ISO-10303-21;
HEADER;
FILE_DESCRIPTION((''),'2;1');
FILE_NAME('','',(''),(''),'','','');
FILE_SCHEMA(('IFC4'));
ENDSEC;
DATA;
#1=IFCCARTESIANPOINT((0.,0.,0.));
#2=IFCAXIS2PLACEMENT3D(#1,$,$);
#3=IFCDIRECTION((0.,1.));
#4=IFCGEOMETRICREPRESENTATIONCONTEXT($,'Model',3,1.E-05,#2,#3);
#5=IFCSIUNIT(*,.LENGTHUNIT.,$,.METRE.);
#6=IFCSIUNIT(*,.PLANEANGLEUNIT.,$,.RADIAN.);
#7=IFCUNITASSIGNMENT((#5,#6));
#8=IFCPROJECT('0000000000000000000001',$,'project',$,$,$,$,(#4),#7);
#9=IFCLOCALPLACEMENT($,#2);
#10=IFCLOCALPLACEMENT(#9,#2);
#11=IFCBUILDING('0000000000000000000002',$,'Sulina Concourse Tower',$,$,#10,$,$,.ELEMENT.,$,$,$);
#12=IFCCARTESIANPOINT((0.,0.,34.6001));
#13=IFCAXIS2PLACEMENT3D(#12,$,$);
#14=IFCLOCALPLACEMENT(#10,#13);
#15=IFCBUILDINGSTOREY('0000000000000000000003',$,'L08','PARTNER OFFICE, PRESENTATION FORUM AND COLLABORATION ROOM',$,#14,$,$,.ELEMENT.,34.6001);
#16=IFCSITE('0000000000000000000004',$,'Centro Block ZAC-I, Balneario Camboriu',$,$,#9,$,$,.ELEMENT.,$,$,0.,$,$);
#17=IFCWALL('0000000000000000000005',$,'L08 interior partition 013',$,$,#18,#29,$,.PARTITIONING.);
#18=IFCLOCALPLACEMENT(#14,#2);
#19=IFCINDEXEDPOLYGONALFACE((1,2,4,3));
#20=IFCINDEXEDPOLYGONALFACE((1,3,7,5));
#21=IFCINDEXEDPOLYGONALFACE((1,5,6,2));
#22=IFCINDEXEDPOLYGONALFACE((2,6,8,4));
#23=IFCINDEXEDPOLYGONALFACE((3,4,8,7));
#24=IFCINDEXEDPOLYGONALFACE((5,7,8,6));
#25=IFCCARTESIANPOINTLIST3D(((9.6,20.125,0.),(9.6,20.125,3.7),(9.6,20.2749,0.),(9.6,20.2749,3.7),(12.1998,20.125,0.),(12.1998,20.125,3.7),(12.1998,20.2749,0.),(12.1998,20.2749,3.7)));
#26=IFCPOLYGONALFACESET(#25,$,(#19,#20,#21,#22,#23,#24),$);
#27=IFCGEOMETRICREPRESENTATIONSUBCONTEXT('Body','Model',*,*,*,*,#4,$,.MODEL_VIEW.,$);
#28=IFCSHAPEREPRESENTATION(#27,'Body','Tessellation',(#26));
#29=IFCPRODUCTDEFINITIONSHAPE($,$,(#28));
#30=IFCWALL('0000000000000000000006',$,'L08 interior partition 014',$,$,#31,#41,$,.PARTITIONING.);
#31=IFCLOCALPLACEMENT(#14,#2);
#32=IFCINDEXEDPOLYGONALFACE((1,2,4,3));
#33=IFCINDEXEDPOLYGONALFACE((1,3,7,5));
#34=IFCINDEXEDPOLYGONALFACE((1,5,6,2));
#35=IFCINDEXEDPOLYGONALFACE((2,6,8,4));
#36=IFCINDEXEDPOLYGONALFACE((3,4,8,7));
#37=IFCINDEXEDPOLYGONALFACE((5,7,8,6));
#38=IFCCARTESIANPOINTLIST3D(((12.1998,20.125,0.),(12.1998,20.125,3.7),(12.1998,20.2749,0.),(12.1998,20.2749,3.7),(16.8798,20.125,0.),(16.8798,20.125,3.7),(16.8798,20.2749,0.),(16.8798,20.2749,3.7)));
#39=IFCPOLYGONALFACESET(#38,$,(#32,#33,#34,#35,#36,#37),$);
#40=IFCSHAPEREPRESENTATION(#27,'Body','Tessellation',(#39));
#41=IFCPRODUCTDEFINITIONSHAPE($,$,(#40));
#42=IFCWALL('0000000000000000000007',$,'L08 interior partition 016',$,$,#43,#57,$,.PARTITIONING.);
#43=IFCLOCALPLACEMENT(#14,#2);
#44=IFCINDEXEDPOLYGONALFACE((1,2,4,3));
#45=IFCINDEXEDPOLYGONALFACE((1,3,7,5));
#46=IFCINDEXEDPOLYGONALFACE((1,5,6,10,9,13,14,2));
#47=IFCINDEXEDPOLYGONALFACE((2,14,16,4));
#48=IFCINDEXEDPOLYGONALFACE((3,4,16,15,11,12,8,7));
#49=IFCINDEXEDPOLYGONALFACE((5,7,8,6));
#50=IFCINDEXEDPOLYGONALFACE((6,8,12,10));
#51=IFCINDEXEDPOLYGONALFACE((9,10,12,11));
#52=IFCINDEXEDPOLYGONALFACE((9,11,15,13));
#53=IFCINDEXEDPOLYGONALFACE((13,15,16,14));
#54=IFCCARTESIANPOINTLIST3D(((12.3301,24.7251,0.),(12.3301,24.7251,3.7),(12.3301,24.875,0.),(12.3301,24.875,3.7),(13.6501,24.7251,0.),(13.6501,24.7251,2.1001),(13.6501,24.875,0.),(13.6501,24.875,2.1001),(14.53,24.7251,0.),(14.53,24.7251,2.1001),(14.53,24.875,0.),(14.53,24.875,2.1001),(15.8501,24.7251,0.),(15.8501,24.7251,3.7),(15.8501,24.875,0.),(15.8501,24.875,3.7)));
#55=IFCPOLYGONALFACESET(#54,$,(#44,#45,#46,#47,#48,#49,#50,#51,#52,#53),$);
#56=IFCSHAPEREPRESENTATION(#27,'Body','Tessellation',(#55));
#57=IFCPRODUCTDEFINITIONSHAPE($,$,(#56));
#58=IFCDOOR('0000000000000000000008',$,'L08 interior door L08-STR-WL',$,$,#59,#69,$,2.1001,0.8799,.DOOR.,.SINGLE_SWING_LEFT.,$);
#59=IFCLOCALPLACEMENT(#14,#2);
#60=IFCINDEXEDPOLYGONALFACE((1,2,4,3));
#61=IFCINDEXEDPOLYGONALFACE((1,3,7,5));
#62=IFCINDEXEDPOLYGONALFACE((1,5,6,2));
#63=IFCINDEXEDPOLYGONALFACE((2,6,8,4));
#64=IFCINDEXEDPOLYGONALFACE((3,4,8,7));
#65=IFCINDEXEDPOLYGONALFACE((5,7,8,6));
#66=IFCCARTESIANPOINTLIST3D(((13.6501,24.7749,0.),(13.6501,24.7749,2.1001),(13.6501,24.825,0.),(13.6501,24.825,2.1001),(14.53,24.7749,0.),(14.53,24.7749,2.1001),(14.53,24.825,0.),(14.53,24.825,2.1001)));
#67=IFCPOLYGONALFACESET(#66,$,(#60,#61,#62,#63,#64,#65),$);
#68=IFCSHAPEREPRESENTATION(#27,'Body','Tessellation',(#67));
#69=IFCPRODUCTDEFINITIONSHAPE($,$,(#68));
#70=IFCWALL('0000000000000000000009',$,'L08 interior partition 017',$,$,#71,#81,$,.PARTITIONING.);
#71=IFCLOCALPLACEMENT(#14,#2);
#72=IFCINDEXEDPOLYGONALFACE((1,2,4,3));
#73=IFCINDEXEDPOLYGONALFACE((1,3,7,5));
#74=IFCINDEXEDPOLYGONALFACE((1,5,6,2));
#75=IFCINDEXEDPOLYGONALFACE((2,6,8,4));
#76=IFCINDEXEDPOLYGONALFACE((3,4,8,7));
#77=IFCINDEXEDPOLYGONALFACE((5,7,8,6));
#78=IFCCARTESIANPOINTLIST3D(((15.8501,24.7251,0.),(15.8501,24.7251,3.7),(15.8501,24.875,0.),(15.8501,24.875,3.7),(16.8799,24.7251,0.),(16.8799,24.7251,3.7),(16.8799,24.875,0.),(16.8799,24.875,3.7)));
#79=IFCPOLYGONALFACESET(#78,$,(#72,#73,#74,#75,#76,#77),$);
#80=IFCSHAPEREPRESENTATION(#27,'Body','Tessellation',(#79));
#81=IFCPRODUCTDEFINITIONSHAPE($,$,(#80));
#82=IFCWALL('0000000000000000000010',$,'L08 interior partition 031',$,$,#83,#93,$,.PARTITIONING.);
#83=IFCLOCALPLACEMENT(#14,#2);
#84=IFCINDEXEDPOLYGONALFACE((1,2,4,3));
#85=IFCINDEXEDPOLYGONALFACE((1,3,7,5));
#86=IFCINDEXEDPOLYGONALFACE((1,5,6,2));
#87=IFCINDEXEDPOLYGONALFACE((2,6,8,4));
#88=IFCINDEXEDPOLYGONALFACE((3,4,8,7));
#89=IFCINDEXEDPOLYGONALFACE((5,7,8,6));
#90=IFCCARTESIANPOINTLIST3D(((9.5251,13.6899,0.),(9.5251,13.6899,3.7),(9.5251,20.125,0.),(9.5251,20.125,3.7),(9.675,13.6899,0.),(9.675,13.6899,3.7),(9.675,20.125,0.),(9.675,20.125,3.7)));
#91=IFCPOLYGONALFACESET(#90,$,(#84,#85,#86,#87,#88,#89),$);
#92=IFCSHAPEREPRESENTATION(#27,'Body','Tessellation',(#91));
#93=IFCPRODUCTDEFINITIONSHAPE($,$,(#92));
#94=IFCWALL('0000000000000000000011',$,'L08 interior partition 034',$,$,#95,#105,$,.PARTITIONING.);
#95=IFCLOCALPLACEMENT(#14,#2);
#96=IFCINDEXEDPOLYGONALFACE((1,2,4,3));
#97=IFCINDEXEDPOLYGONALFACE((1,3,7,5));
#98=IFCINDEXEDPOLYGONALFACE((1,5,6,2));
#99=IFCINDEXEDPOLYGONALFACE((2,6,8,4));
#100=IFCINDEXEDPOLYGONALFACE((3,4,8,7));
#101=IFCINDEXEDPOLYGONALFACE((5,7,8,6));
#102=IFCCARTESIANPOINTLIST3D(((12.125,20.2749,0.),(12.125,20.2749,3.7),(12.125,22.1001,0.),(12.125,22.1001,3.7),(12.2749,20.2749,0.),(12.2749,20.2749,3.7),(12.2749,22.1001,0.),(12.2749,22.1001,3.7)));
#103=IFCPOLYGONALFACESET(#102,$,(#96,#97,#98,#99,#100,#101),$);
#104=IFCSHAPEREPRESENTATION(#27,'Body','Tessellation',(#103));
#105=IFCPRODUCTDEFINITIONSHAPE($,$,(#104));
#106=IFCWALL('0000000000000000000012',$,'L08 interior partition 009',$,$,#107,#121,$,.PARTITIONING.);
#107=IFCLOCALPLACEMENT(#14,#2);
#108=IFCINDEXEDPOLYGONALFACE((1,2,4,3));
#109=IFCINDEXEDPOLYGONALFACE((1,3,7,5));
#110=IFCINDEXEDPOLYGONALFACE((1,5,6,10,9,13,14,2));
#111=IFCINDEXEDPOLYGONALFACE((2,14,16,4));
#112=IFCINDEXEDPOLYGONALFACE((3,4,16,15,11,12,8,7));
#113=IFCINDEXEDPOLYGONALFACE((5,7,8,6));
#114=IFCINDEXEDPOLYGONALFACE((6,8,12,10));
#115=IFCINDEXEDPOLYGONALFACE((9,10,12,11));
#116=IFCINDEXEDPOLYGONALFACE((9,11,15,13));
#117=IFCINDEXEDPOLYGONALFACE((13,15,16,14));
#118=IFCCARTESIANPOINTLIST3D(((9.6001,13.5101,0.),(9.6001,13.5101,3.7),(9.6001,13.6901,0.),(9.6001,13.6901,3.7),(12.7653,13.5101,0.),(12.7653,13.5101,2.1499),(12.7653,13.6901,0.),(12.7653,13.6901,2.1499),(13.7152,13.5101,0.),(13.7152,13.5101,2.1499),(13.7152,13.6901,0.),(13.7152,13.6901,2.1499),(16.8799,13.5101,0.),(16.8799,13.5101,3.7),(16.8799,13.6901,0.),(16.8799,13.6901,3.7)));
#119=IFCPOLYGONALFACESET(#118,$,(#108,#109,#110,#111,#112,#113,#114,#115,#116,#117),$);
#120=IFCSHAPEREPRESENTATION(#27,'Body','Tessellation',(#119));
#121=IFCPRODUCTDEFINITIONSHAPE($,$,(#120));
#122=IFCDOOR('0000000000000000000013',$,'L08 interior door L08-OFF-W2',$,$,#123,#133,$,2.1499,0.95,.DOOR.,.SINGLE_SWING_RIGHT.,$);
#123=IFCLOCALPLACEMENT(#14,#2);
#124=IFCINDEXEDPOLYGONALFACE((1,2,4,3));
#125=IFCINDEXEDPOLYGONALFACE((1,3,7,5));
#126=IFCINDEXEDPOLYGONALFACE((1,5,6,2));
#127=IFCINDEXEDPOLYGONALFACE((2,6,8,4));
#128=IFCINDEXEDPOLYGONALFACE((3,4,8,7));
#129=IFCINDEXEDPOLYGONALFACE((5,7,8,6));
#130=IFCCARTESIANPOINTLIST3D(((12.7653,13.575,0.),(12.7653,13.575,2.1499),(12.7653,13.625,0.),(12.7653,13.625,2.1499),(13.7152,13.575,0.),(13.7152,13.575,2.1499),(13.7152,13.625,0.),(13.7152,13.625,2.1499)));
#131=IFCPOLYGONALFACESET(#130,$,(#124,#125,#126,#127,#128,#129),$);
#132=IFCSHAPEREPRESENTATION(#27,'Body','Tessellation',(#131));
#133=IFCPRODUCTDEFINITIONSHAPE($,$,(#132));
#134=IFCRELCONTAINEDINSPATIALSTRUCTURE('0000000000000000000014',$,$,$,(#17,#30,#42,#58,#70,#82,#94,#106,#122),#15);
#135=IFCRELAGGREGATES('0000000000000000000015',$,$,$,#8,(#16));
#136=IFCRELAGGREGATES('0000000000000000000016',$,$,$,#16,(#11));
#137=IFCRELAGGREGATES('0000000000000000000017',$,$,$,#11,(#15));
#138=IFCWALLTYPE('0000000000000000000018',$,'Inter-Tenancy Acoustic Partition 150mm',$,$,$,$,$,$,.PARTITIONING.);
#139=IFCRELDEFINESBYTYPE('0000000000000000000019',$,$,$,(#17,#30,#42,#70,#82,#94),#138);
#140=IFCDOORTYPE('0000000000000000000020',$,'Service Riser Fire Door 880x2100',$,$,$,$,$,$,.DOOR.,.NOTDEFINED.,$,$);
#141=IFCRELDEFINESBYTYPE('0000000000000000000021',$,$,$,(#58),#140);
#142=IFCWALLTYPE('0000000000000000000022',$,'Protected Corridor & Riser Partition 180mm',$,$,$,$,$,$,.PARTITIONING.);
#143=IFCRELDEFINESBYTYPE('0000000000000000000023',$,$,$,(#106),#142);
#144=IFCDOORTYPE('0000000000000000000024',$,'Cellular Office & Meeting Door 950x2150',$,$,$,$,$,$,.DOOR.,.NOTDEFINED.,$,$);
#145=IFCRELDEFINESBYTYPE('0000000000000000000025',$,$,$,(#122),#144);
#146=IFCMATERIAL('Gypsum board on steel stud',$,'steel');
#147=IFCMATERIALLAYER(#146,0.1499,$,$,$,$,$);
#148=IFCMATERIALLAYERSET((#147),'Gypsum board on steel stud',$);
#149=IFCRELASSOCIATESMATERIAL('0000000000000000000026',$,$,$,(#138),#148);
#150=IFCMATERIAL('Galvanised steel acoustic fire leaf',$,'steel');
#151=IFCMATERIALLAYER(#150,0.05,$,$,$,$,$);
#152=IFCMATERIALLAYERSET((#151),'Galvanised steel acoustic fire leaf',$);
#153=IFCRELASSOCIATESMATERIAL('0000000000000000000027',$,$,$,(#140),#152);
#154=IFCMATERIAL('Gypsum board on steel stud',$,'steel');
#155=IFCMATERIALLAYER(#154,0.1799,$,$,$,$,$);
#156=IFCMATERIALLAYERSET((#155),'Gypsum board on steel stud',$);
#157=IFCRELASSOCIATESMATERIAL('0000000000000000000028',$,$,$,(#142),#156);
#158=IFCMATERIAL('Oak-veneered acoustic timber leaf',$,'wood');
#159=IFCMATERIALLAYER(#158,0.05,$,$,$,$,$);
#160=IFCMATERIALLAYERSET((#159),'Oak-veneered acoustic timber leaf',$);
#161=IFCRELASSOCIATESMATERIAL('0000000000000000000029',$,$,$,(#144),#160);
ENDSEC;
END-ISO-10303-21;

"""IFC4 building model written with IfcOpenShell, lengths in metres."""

from ifc_helpers import new_model, si_unit, direction, frame, frame_2d, origin, place, context, subcontext, project, spatial, rectangle, extrude, material, layer, layer_set, type_object, element, fill, save


model = new_model("IFC4")

# Units and contexts
model_context = context("Model", 3, precision=1e-05, world=origin(), true_north=direction((0.0, 1.0)))
body_context = subcontext(model_context, "Body", "Model", "MODEL_VIEW")
ifc_project = project(units=[si_unit("LENGTHUNIT", "METRE"), si_unit("PLANEANGLEUNIT", "RADIAN")], contexts=[model_context])

# Site, building, storey
site_placement = place(None, origin())
site = spatial("IfcSite", under=ifc_project, at=site_placement, Name="Centro Block ZAC-I, Balneario Camboriu", CompositionType="ELEMENT", RefElevation=0.0)
building_placement = place(site_placement, origin())
building = spatial("IfcBuilding", under=site, at=building_placement, Name="Sulina Concourse Tower", CompositionType="ELEMENT")
storey_placement = place(building_placement, frame((0.0, 0.0, 34.6001)))
storey = spatial("IfcBuildingStorey", under=building, at=storey_placement, Name="L08", Description="PARTNER OFFICE, PRESENTATION FORUM AND COLLABORATION ROOM", CompositionType="ELEMENT", Elevation=34.6001)

# Walls
ifc_material_1 = material(Name="Gypsum board on steel stud", Category="steel")
ifc_layer_1 = layer(ifc_material_1, 0.1499)
ifc_layer_set_1 = layer_set([ifc_layer_1], Name="Gypsum board on steel stud")
wall_type_1 = type_object("IfcWallType", Name="Inter-Tenancy Acoustic Partition 150mm", PredefinedType="PARTITIONING", material=ifc_layer_set_1)
wall_1_placement = place(storey_placement, frame((9.6001, 20.2, 0.0), z_axis=(0.0, 0.0, 1.0), x_axis=(1.0, 0.0, 0.0)))
element("IfcWall", 1, at=wall_1_placement, inside=storey, type_object=wall_type_1, Name="L08 interior partition 013", PredefinedType="PARTITIONING", context=body_context, shape_type="SweptSolid", body=[
    extrude(rectangle(XDim=2.5999, YDim=0.1499, at=frame_2d((1.2998, 0.0))), origin(), (0.0, 0.0, 1.0), 3.7),
])
wall_2_placement = place(storey_placement, frame((12.2, 20.2, 0.0), z_axis=(0.0, 0.0, 1.0), x_axis=(1.0, 0.0, 0.0)))
element("IfcWall", 2, at=wall_2_placement, inside=storey, type_object=wall_type_1, Name="L08 interior partition 014", PredefinedType="PARTITIONING", context=body_context, shape_type="SweptSolid", body=[
    extrude(rectangle(XDim=4.6799, YDim=0.1499, at=frame_2d((2.3398, 0.0))), origin(), (0.0, 0.0, 1.0), 3.7),
])

# Wall, opening, door
wall_3_placement = place(storey_placement, frame((12.3301, 24.8, 0.0), z_axis=(0.0, 0.0, 1.0), x_axis=(1.0, 0.0, 0.0)))
wall_3 = element("IfcWall", 3, at=wall_3_placement, inside=storey, type_object=wall_type_1, Name="L08 interior partition 016", PredefinedType="PARTITIONING", context=body_context, shape_type="SweptSolid", body=[
    extrude(rectangle(XDim=3.52, YDim=0.1499, at=frame_2d((1.76, 0.0))), origin(), (0.0, 0.0, 1.0), 3.7),
])
opening_1_placement = place(wall_3_placement, frame((1.3201, 0.0, 0.0)))
opening_1 = element("IfcOpeningElement", 4, at=opening_1_placement, cuts=wall_3, PredefinedType="OPENING", context=body_context, shape_type="SweptSolid", body=[
    extrude(rectangle(XDim=0.8799, YDim=2.1001, at=frame_2d((0.4399, 1.05))), frame((0.0, 0.085, 0.0), z_axis=(0.0, -1.0, 0.0), x_axis=(1.0, 0.0, 0.0)), (0.0, 0.0, 1.0), 0.1699),
])
ifc_material_2 = material(Name="Galvanised steel acoustic fire leaf", Category="steel")
ifc_layer_2 = layer(ifc_material_2, 0.05)
ifc_layer_set_2 = layer_set([ifc_layer_2], Name="Galvanised steel acoustic fire leaf")
door_type_1 = type_object("IfcDoorType", Name="Service Riser Fire Door 880x2100", OperationType="NOTDEFINED", PredefinedType="DOOR", material=ifc_layer_set_2)
door_1_placement = place(opening_1_placement, origin())
door_1 = element("IfcDoor", 5, at=door_1_placement, inside=storey, type_object=door_type_1, Name="L08 interior door L08-STR-WL", OperationType="SINGLE_SWING_LEFT", OverallHeight=2.1001, OverallWidth=0.8799, PredefinedType="DOOR", context=body_context, shape_type="SweptSolid", body=[
    extrude(rectangle(XDim=0.8799, YDim=2.1001, at=frame_2d((0.4399, 1.05))), frame((0.0, 0.0249, 0.0), z_axis=(0.0, -1.0, 0.0), x_axis=(1.0, 0.0, 0.0)), (0.0, 0.0, 1.0), 0.05),
])
fill(opening_1, door_1)

# Walls
wall_4_placement = place(storey_placement, frame((15.8501, 24.8, 0.0), z_axis=(0.0, 0.0, 1.0), x_axis=(1.0, 0.0, 0.0)))
element("IfcWall", 6, at=wall_4_placement, inside=storey, type_object=wall_type_1, Name="L08 interior partition 017", PredefinedType="PARTITIONING", context=body_context, shape_type="SweptSolid", body=[
    extrude(rectangle(XDim=1.0298, YDim=0.1499, at=frame_2d((0.5149, 0.0))), origin(), (0.0, 0.0, 1.0), 3.7),
])
wall_5_placement = place(storey_placement, frame((9.6001, 13.6899, 0.0), z_axis=(0.0, 0.0, 1.0), x_axis=(0.0, 1.0, 0.0)))
element("IfcWall", 7, at=wall_5_placement, inside=storey, type_object=wall_type_1, Name="L08 interior partition 031", PredefinedType="PARTITIONING", context=body_context, shape_type="SweptSolid", body=[
    extrude(rectangle(XDim=6.4351, YDim=0.1499, at=frame_2d((3.2175, 0.0))), origin(), (0.0, 0.0, 1.0), 3.7),
])
wall_6_placement = place(storey_placement, frame((12.2, 20.2749, 0.0), z_axis=(0.0, 0.0, 1.0), x_axis=(0.0, 1.0, 0.0)))
element("IfcWall", 8, at=wall_6_placement, inside=storey, type_object=wall_type_1, Name="L08 interior partition 034", PredefinedType="PARTITIONING", context=body_context, shape_type="SweptSolid", body=[
    extrude(rectangle(XDim=1.8252, YDim=0.1499, at=frame_2d((0.9126, 0.0))), origin(), (0.0, 0.0, 1.0), 3.7),
])

# Wall, opening, door
ifc_material_3 = material(Name="Gypsum board on steel stud", Category="steel")
ifc_layer_3 = layer(ifc_material_3, 0.1799)
ifc_layer_set_3 = layer_set([ifc_layer_3], Name="Gypsum board on steel stud")
wall_type_2 = type_object("IfcWallType", Name="Protected Corridor & Riser Partition 180mm", PredefinedType="PARTITIONING", material=ifc_layer_set_3)
ifc_material_4 = material(Name="Oak-veneered acoustic timber leaf", Category="wood")
ifc_layer_4 = layer(ifc_material_4, 0.05)
ifc_layer_set_4 = layer_set([ifc_layer_4], Name="Oak-veneered acoustic timber leaf")
door_type_2 = type_object("IfcDoorType", Name="Cellular Office & Meeting Door 950x2150", OperationType="NOTDEFINED", PredefinedType="DOOR", material=ifc_layer_set_4)
wall_7_placement = place(storey_placement, frame((9.6001, 13.6001, 0.0), z_axis=(0.0, 0.0, 1.0), x_axis=(1.0, 0.0, 0.0)))
wall_7 = element("IfcWall", 9, at=wall_7_placement, inside=storey, type_object=wall_type_2, Name="L08 interior partition 009", PredefinedType="PARTITIONING", context=body_context, shape_type="SweptSolid", body=[
    extrude(rectangle(XDim=7.2798, YDim=0.1799, at=frame_2d((3.6399, 0.0))), origin(), (0.0, 0.0, 1.0), 3.7),
])
opening_2_placement = place(wall_7_placement, frame((3.165, 0.0, 0.0)))
opening_2 = element("IfcOpeningElement", 10, at=opening_2_placement, cuts=wall_7, PredefinedType="OPENING", context=body_context, shape_type="SweptSolid", body=[
    extrude(rectangle(XDim=0.95, YDim=2.1499, at=frame_2d((0.4751, 1.075))), frame((0.0, 0.0999, 0.0), z_axis=(0.0, -1.0, 0.0), x_axis=(1.0, 0.0, 0.0)), (0.0, 0.0, 1.0), 0.2),
])
door_2_placement = place(opening_2_placement, origin())
door_2 = element("IfcDoor", 11, at=door_2_placement, inside=storey, type_object=door_type_2, Name="L08 interior door L08-OFF-W2", OperationType="SINGLE_SWING_RIGHT", OverallHeight=2.1499, OverallWidth=0.95, PredefinedType="DOOR", context=body_context, shape_type="SweptSolid", body=[
    extrude(rectangle(XDim=0.95, YDim=2.1499, at=frame_2d((0.4751, 1.075))), frame((0.0, 0.0249, 0.0), z_axis=(0.0, -1.0, 0.0), x_axis=(1.0, 0.0, 0.0)), (0.0, 0.0, 1.0), 0.05),
])
fill(opening_2, door_2)

save(model, "model.ifc")
